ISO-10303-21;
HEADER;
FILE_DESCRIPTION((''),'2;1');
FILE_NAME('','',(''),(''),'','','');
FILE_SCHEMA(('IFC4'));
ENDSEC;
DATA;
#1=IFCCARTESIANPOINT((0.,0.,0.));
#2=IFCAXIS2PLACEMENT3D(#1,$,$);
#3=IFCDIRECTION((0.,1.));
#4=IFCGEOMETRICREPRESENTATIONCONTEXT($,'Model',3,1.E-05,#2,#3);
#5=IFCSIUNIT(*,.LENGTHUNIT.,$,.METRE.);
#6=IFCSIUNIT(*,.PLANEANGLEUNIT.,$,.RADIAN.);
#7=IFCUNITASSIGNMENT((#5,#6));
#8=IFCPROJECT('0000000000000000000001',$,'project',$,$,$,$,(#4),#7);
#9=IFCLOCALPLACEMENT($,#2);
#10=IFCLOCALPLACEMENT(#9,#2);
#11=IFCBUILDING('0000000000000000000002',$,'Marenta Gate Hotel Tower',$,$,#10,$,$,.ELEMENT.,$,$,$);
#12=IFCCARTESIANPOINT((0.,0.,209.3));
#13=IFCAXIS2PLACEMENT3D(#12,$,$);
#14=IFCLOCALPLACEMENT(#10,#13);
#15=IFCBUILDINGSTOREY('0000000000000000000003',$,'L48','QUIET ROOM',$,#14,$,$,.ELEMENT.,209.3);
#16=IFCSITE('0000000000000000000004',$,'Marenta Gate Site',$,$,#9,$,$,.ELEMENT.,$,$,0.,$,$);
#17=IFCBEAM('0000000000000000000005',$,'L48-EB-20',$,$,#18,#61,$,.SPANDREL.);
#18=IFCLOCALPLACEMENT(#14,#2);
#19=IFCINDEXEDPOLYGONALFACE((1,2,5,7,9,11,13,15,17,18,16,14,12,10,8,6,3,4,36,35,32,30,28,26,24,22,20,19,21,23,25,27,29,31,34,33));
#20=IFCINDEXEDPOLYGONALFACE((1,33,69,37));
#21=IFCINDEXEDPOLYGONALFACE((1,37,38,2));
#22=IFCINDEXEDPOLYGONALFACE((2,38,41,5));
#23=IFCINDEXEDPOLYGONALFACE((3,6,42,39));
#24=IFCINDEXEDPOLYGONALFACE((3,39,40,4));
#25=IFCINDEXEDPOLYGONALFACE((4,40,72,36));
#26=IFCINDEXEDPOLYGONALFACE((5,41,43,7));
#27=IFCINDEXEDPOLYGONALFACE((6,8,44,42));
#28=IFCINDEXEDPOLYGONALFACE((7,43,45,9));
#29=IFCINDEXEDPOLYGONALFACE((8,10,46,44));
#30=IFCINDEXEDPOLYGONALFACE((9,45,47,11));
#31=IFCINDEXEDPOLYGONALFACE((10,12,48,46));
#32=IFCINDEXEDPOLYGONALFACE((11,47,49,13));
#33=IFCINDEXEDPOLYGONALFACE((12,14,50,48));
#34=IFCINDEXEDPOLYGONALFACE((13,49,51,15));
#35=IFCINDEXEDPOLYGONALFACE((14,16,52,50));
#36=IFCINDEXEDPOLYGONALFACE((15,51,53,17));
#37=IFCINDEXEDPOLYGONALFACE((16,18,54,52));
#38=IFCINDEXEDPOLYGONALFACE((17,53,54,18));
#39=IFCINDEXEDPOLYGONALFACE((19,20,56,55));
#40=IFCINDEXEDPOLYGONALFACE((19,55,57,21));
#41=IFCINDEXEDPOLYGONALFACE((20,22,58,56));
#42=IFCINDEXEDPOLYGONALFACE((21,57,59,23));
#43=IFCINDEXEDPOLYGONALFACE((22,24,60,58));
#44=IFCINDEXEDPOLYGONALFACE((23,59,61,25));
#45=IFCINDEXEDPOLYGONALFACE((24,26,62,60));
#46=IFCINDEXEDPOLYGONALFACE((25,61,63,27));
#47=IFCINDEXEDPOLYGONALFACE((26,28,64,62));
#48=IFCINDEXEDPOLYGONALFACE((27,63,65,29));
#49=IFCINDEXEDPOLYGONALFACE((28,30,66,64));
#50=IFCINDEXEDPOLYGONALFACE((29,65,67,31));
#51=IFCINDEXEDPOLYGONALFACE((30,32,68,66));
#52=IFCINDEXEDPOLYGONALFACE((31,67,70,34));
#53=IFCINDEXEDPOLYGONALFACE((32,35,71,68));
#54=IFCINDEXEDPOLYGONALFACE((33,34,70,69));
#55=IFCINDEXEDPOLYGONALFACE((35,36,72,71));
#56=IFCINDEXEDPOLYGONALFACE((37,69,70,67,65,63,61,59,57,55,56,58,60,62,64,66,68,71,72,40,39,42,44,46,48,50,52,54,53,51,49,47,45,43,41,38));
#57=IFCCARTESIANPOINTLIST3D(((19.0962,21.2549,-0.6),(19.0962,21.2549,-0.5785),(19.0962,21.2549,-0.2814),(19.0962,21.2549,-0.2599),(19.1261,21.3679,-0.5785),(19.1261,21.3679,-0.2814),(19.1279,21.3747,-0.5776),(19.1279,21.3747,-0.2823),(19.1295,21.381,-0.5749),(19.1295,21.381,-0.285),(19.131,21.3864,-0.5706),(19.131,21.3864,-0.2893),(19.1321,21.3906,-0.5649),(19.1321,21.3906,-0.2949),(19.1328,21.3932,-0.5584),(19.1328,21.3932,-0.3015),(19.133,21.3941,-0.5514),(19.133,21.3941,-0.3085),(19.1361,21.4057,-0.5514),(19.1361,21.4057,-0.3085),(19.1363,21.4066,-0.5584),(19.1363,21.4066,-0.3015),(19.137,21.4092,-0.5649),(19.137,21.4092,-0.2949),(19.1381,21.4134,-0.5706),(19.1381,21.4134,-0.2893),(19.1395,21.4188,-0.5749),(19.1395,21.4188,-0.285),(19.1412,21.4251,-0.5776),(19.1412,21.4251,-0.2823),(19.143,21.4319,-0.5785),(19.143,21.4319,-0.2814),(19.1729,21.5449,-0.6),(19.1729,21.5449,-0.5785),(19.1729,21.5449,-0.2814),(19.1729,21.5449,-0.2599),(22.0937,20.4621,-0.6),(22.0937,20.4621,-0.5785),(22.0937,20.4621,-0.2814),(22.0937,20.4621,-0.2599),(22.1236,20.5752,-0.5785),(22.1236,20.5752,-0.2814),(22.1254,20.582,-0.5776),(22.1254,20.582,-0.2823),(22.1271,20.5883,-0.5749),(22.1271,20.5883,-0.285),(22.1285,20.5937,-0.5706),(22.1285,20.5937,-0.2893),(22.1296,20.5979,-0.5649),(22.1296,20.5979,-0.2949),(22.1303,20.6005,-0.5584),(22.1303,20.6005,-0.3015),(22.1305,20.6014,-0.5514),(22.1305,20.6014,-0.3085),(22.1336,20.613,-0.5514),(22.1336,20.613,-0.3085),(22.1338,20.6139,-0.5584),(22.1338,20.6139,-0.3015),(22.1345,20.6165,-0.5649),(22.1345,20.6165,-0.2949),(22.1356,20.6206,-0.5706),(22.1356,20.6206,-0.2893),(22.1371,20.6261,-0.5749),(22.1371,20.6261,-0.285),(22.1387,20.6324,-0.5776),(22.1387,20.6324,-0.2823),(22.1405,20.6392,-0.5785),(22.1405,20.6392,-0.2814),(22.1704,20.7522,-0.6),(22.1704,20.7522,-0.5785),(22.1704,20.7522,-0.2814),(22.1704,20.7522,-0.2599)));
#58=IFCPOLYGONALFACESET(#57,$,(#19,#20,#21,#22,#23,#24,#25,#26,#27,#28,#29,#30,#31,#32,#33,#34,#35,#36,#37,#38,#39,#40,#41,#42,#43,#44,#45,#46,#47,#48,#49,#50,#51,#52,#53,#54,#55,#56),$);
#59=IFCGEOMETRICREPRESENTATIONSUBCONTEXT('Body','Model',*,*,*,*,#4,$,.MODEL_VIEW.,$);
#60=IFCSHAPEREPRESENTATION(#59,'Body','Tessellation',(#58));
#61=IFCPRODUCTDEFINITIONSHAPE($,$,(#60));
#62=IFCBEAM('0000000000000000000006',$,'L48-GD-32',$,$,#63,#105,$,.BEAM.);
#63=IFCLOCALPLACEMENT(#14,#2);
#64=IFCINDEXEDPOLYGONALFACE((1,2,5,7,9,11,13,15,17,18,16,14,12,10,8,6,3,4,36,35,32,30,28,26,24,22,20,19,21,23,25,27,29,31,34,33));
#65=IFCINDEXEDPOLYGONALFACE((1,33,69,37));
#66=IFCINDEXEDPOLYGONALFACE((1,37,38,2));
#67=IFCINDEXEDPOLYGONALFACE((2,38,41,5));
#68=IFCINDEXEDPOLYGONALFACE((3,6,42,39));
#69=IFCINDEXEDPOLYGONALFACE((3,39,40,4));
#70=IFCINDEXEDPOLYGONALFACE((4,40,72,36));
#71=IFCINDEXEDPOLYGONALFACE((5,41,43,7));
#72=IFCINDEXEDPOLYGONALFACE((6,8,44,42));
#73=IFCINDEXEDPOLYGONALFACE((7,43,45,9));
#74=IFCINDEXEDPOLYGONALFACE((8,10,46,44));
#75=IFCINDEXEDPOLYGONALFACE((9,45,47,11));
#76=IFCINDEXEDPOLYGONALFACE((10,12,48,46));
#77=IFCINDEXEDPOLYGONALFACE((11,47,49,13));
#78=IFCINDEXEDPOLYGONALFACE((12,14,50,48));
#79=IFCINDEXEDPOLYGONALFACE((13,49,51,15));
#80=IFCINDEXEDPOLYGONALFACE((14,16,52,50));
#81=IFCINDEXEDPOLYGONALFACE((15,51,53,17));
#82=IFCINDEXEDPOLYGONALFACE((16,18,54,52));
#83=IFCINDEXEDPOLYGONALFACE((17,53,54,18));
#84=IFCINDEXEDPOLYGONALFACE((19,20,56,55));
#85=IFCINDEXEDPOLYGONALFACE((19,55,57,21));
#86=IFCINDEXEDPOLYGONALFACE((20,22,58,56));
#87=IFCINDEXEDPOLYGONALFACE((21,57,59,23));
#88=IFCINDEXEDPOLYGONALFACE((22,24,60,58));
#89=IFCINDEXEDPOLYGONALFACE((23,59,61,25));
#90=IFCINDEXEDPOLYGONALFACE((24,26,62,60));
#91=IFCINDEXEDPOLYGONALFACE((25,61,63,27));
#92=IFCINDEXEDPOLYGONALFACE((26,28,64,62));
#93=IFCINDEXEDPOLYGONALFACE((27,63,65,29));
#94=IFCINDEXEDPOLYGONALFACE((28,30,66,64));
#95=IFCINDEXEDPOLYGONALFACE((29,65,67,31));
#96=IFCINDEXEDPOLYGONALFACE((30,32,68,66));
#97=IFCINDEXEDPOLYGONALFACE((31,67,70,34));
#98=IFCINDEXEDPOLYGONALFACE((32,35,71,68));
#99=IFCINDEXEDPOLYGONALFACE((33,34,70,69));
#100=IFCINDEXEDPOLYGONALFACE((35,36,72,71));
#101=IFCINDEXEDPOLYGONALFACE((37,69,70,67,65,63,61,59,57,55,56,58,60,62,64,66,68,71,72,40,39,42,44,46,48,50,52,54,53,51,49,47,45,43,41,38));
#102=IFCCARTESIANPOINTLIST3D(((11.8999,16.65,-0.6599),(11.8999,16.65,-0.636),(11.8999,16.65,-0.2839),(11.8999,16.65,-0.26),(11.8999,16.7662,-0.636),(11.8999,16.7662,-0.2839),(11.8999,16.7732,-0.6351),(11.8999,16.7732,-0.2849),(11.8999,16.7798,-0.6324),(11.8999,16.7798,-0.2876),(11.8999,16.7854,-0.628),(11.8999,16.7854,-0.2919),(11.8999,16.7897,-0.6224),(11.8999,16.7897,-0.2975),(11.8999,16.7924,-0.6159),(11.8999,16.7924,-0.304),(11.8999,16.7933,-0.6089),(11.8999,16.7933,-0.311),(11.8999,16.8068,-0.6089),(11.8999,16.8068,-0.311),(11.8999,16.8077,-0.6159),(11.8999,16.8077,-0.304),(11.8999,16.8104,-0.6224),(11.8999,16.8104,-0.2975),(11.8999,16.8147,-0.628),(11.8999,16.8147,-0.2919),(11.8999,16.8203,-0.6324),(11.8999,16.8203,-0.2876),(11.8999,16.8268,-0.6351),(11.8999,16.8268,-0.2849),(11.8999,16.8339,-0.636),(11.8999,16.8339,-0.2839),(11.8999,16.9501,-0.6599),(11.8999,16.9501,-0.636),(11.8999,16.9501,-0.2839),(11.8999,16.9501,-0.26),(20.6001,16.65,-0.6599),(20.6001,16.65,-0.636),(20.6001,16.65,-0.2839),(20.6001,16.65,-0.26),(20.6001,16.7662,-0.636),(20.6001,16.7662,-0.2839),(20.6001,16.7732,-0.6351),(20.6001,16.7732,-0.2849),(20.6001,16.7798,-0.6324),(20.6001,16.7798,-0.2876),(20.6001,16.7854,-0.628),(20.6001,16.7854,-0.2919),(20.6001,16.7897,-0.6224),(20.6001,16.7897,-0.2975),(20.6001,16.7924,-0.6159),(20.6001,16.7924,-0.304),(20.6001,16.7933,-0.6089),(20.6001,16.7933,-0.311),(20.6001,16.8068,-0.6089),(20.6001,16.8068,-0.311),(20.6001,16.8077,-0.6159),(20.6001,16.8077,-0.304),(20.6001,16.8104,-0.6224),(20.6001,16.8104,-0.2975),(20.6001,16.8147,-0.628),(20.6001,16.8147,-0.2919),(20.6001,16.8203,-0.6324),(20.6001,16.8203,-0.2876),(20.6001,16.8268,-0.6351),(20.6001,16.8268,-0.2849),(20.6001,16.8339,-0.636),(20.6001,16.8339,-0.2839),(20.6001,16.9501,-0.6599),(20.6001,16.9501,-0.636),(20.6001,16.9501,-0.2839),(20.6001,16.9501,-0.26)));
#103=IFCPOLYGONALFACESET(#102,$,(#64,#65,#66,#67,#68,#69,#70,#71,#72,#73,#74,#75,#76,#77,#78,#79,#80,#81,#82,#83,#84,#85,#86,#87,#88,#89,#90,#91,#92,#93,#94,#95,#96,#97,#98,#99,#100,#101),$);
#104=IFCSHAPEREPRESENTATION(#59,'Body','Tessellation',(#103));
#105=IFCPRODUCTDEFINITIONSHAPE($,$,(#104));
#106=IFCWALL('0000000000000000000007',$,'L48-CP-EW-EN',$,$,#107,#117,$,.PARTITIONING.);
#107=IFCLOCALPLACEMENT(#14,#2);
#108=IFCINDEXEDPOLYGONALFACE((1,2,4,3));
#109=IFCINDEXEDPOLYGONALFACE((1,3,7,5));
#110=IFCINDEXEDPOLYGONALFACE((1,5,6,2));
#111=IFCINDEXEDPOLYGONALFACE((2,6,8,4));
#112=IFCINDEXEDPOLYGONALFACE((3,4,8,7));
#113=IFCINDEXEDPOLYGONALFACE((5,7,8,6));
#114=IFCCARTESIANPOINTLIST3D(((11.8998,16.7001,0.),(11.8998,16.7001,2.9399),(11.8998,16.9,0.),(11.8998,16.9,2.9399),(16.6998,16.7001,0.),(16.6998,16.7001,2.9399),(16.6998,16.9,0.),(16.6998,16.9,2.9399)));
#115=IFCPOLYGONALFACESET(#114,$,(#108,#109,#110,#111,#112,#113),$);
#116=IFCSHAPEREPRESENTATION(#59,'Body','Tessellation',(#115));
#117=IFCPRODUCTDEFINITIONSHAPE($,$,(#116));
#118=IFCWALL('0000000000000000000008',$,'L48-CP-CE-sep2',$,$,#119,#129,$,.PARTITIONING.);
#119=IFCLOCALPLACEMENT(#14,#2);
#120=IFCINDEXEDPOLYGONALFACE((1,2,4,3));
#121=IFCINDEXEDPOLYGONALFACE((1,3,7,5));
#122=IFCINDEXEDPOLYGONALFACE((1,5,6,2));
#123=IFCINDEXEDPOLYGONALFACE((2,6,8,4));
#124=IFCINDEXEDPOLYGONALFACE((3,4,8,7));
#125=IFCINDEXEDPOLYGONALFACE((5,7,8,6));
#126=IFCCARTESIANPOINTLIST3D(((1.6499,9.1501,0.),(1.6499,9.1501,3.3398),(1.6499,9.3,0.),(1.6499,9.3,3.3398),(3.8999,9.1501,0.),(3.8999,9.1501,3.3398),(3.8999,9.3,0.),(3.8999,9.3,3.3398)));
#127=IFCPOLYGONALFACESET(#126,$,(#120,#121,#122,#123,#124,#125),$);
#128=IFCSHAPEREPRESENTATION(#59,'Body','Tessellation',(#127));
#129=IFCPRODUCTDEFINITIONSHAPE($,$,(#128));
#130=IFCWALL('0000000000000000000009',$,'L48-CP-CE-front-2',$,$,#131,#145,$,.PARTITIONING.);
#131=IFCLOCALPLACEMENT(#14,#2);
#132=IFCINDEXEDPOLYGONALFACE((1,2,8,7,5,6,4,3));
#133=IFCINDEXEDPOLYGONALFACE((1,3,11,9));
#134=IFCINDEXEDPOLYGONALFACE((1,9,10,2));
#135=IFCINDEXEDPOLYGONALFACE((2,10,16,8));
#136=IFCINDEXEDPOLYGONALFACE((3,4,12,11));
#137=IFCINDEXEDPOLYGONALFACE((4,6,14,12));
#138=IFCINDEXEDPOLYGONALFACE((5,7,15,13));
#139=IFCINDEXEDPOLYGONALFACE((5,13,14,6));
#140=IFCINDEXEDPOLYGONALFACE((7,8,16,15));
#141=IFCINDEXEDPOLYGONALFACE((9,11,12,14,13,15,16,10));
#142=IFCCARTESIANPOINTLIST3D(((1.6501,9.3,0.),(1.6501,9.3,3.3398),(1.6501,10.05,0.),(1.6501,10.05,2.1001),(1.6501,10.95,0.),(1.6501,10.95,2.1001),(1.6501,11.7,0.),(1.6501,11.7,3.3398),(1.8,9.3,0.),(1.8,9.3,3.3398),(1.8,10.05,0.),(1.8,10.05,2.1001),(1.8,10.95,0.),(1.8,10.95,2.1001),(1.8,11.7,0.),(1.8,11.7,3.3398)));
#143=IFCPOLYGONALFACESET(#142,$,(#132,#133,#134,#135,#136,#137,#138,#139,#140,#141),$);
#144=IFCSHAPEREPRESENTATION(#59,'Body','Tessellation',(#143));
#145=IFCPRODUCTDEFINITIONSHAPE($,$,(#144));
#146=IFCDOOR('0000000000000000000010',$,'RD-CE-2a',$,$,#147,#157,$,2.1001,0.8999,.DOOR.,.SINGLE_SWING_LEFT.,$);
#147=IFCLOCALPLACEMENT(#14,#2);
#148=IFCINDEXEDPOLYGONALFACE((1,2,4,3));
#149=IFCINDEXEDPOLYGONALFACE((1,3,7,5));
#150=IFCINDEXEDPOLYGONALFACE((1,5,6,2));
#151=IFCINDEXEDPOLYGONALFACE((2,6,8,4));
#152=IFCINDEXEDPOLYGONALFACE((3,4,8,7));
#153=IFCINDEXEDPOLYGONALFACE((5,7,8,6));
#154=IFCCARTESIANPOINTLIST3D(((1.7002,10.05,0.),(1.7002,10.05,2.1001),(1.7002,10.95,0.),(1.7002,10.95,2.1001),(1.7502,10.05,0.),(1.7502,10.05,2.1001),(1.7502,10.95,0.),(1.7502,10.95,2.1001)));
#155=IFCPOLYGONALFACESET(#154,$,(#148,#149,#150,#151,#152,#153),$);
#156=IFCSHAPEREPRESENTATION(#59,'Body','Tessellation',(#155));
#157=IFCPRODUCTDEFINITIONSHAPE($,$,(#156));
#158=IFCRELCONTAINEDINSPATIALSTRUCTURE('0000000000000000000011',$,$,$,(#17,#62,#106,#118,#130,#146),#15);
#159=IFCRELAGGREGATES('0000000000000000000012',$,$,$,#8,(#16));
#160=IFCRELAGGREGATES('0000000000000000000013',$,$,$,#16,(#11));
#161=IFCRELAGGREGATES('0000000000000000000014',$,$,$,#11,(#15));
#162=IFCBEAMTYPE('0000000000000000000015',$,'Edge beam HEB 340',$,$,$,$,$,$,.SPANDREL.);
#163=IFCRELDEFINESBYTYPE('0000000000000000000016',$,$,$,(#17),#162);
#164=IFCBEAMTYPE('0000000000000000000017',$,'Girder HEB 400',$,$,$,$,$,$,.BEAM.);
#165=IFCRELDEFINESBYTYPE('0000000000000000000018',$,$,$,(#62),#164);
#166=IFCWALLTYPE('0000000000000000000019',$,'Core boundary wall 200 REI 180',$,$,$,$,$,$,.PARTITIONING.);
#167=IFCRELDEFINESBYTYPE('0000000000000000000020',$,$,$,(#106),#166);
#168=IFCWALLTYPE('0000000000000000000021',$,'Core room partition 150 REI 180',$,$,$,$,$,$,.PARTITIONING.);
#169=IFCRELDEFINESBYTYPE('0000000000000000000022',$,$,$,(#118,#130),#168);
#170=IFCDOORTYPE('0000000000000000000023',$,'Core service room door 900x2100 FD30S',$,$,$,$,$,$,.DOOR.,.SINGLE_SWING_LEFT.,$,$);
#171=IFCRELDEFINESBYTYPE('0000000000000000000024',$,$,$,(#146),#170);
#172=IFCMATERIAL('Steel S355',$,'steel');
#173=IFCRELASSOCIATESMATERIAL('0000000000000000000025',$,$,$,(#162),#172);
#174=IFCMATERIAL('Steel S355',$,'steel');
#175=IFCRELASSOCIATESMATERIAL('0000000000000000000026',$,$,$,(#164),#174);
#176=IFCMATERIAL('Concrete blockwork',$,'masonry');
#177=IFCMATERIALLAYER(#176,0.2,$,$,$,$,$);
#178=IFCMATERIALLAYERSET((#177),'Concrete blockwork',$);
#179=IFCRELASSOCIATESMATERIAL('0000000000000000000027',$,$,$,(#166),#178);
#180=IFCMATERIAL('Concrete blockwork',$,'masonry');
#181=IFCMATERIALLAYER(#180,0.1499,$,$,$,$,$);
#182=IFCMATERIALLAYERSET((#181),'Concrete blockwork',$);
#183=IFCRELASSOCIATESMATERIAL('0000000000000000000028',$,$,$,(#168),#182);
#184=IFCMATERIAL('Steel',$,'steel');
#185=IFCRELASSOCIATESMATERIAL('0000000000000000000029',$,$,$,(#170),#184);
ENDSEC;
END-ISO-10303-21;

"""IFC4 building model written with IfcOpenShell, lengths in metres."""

from ifc_helpers import new_model, si_unit, direction, frame, frame_2d, origin, origin_2d, place, context, subcontext, project, spatial, rectangle, i_section, extrude, material, layer, layer_set, material_profile, profile_set, type_object, element, fill, save


model = new_model("IFC4")

# Units and contexts
model_context = context("Model", 3, precision=1e-05, world=origin(), true_north=direction((0.0, 1.0)))
body_context = subcontext(model_context, "Body", "Model", "MODEL_VIEW")
ifc_project = project(units=[si_unit("LENGTHUNIT", "METRE"), si_unit("PLANEANGLEUNIT", "RADIAN")], contexts=[model_context])

# Site, building, storey
site_placement = place(None, origin())
site = spatial("IfcSite", under=ifc_project, at=site_placement, Name="Marenta Gate Site", CompositionType="ELEMENT", RefElevation=0.0)
building_placement = place(site_placement, origin())
building = spatial("IfcBuilding", under=site, at=building_placement, Name="Marenta Gate Hotel Tower", CompositionType="ELEMENT")
storey_placement = place(building_placement, frame((0.0, 0.0, 209.3)))
storey = spatial("IfcBuildingStorey", under=building, at=storey_placement, Name="L48", Description="QUIET ROOM", CompositionType="ELEMENT", Elevation=209.3)

# Beams
ifc_material_1 = material(Name="Steel S355", Category="steel")
ifc_material_profile_1 = material_profile(ifc_material_1, i_section(OverallWidth=0.3, OverallDepth=0.3401, WebThickness=0.012, FlangeThickness=0.0215, FilletRadius=0.0271, at=origin_2d()), Name="HEB 340")
ifc_profile_set_1 = profile_set([ifc_material_profile_1], Name="Steel S355")
beam_type_1 = type_object("IfcBeamType", Name="Edge beam HEB 340", PredefinedType="SPANDREL", material=ifc_profile_set_1)
beam_1_placement = place(storey_placement, frame((19.1345, 21.3999, -0.4299), z_axis=(0.966765, -0.255667, 0.0), x_axis=(0.255667, 0.966765, 0.0)))
element("IfcBeam", 1, at=beam_1_placement, inside=storey, type_object=beam_type_1, Name="L48-EB-20", PredefinedType="SPANDREL", context=body_context, shape_type="SweptSolid", body=[
    extrude(i_section(OverallWidth=0.3, OverallDepth=0.3401, WebThickness=0.012, FlangeThickness=0.0215, FilletRadius=0.0271, at=origin_2d()), origin(), (0.0, 0.0, 1.0), 3.1006),
])
ifc_material_2 = material(Name="Steel S355", Category="steel")
ifc_material_profile_2 = material_profile(ifc_material_2, i_section(OverallWidth=0.3, OverallDepth=0.3999, WebThickness=0.0134, FlangeThickness=0.0239, FilletRadius=0.0271, at=origin_2d()), Name="HEB 400")
ifc_profile_set_2 = profile_set([ifc_material_profile_2], Name="Steel S355")
beam_type_2 = type_object("IfcBeamType", Name="Girder HEB 400", PredefinedType="BEAM", material=ifc_profile_set_2)
beam_2_placement = place(storey_placement, frame((11.8999, 16.8, -0.46), z_axis=(1.0, 0.0, 0.0), x_axis=(0.0, 1.0, 0.0)))
element("IfcBeam", 2, at=beam_2_placement, inside=storey, type_object=beam_type_2, Name="L48-GD-32", PredefinedType="BEAM", context=body_context, shape_type="SweptSolid", body=[
    extrude(i_section(OverallWidth=0.3, OverallDepth=0.3999, WebThickness=0.0134, FlangeThickness=0.0239, FilletRadius=0.0271, at=origin_2d()), origin(), (0.0, 0.0, 1.0), 8.7002),
])

# Walls
ifc_material_3 = material(Name="Concrete blockwork", Category="masonry")
ifc_layer_1 = layer(ifc_material_3, 0.2)
ifc_layer_set_1 = layer_set([ifc_layer_1], Name="Concrete blockwork")
wall_type_1 = type_object("IfcWallType", Name="Core boundary wall 200 REI 180", PredefinedType="PARTITIONING", material=ifc_layer_set_1)
wall_1_placement = place(storey_placement, frame((11.8999, 16.8, 0.0), z_axis=(0.0, 0.0, 1.0), x_axis=(1.0, 0.0, 0.0)))
element("IfcWall", 3, at=wall_1_placement, inside=storey, type_object=wall_type_1, Name="L48-CP-EW-EN", PredefinedType="PARTITIONING", context=body_context, shape_type="SweptSolid", body=[
    extrude(rectangle(XDim=4.8, YDim=0.2, at=frame_2d((2.3999, 0.0))), origin(), (0.0, 0.0, 1.0), 2.9399),
])
ifc_material_4 = material(Name="Concrete blockwork", Category="masonry")
ifc_layer_2 = layer(ifc_material_4, 0.1499)
ifc_layer_set_2 = layer_set([ifc_layer_2], Name="Concrete blockwork")
wall_type_2 = type_object("IfcWallType", Name="Core room partition 150 REI 180", PredefinedType="PARTITIONING", material=ifc_layer_set_2)
wall_2_placement = place(storey_placement, frame((1.6499, 9.2251, 0.0), z_axis=(0.0, 0.0, 1.0), x_axis=(1.0, 0.0, 0.0)))
element("IfcWall", 4, at=wall_2_placement, inside=storey, type_object=wall_type_2, Name="L48-CP-CE-sep2", PredefinedType="PARTITIONING", context=body_context, shape_type="SweptSolid", body=[
    extrude(rectangle(XDim=2.25, YDim=0.1499, at=frame_2d((1.125, 0.0))), origin(), (0.0, 0.0, 1.0), 3.3398),
])

# Wall, opening, door
wall_3_placement = place(storey_placement, frame((1.7251, 9.3, 0.0), z_axis=(0.0, 0.0, 1.0), x_axis=(0.0, 1.0, 0.0)))
wall_3 = element("IfcWall", 5, at=wall_3_placement, inside=storey, type_object=wall_type_2, Name="L48-CP-CE-front-2", PredefinedType="PARTITIONING", context=body_context, shape_type="SweptSolid", body=[
    extrude(rectangle(XDim=2.3999, YDim=0.1499, at=frame_2d((1.2, 0.0))), origin(), (0.0, 0.0, 1.0), 3.3398),
])
opening_1_placement = place(wall_3_placement, frame((0.75, 0.0, 0.0)))
opening_1 = element("IfcOpeningElement", 6, at=opening_1_placement, cuts=wall_3, PredefinedType="OPENING", context=body_context, shape_type="SweptSolid", body=[
    extrude(rectangle(XDim=0.8999, YDim=2.1001, at=frame_2d((0.45, 1.05))), frame((0.0, 0.075, 0.0), z_axis=(0.0, -1.0, 0.0), x_axis=(1.0, 0.0, 0.0)), (0.0, 0.0, 1.0), 0.1499),
])
ifc_material_5 = material(Name="Steel", Category="steel")
door_type_1 = type_object("IfcDoorType", Name="Core service room door 900x2100 FD30S", OperationType="SINGLE_SWING_LEFT", PredefinedType="DOOR", material=ifc_material_5)
door_1_placement = place(opening_1_placement, origin())
door_1 = element("IfcDoor", 7, at=door_1_placement, inside=storey, type_object=door_type_1, Name="RD-CE-2a", OperationType="SINGLE_SWING_LEFT", OverallHeight=2.1001, OverallWidth=0.8999, PredefinedType="DOOR", context=body_context, shape_type="SweptSolid", body=[
    extrude(rectangle(XDim=0.8999, YDim=2.1001, at=frame_2d((0.45, 1.05))), frame((0.0, 0.0249, 0.0), z_axis=(0.0, -1.0, 0.0), x_axis=(1.0, 0.0, 0.0)), (0.0, 0.0, 1.0), 0.05),
])
fill(opening_1, door_1)

save(model, "model.ifc")
